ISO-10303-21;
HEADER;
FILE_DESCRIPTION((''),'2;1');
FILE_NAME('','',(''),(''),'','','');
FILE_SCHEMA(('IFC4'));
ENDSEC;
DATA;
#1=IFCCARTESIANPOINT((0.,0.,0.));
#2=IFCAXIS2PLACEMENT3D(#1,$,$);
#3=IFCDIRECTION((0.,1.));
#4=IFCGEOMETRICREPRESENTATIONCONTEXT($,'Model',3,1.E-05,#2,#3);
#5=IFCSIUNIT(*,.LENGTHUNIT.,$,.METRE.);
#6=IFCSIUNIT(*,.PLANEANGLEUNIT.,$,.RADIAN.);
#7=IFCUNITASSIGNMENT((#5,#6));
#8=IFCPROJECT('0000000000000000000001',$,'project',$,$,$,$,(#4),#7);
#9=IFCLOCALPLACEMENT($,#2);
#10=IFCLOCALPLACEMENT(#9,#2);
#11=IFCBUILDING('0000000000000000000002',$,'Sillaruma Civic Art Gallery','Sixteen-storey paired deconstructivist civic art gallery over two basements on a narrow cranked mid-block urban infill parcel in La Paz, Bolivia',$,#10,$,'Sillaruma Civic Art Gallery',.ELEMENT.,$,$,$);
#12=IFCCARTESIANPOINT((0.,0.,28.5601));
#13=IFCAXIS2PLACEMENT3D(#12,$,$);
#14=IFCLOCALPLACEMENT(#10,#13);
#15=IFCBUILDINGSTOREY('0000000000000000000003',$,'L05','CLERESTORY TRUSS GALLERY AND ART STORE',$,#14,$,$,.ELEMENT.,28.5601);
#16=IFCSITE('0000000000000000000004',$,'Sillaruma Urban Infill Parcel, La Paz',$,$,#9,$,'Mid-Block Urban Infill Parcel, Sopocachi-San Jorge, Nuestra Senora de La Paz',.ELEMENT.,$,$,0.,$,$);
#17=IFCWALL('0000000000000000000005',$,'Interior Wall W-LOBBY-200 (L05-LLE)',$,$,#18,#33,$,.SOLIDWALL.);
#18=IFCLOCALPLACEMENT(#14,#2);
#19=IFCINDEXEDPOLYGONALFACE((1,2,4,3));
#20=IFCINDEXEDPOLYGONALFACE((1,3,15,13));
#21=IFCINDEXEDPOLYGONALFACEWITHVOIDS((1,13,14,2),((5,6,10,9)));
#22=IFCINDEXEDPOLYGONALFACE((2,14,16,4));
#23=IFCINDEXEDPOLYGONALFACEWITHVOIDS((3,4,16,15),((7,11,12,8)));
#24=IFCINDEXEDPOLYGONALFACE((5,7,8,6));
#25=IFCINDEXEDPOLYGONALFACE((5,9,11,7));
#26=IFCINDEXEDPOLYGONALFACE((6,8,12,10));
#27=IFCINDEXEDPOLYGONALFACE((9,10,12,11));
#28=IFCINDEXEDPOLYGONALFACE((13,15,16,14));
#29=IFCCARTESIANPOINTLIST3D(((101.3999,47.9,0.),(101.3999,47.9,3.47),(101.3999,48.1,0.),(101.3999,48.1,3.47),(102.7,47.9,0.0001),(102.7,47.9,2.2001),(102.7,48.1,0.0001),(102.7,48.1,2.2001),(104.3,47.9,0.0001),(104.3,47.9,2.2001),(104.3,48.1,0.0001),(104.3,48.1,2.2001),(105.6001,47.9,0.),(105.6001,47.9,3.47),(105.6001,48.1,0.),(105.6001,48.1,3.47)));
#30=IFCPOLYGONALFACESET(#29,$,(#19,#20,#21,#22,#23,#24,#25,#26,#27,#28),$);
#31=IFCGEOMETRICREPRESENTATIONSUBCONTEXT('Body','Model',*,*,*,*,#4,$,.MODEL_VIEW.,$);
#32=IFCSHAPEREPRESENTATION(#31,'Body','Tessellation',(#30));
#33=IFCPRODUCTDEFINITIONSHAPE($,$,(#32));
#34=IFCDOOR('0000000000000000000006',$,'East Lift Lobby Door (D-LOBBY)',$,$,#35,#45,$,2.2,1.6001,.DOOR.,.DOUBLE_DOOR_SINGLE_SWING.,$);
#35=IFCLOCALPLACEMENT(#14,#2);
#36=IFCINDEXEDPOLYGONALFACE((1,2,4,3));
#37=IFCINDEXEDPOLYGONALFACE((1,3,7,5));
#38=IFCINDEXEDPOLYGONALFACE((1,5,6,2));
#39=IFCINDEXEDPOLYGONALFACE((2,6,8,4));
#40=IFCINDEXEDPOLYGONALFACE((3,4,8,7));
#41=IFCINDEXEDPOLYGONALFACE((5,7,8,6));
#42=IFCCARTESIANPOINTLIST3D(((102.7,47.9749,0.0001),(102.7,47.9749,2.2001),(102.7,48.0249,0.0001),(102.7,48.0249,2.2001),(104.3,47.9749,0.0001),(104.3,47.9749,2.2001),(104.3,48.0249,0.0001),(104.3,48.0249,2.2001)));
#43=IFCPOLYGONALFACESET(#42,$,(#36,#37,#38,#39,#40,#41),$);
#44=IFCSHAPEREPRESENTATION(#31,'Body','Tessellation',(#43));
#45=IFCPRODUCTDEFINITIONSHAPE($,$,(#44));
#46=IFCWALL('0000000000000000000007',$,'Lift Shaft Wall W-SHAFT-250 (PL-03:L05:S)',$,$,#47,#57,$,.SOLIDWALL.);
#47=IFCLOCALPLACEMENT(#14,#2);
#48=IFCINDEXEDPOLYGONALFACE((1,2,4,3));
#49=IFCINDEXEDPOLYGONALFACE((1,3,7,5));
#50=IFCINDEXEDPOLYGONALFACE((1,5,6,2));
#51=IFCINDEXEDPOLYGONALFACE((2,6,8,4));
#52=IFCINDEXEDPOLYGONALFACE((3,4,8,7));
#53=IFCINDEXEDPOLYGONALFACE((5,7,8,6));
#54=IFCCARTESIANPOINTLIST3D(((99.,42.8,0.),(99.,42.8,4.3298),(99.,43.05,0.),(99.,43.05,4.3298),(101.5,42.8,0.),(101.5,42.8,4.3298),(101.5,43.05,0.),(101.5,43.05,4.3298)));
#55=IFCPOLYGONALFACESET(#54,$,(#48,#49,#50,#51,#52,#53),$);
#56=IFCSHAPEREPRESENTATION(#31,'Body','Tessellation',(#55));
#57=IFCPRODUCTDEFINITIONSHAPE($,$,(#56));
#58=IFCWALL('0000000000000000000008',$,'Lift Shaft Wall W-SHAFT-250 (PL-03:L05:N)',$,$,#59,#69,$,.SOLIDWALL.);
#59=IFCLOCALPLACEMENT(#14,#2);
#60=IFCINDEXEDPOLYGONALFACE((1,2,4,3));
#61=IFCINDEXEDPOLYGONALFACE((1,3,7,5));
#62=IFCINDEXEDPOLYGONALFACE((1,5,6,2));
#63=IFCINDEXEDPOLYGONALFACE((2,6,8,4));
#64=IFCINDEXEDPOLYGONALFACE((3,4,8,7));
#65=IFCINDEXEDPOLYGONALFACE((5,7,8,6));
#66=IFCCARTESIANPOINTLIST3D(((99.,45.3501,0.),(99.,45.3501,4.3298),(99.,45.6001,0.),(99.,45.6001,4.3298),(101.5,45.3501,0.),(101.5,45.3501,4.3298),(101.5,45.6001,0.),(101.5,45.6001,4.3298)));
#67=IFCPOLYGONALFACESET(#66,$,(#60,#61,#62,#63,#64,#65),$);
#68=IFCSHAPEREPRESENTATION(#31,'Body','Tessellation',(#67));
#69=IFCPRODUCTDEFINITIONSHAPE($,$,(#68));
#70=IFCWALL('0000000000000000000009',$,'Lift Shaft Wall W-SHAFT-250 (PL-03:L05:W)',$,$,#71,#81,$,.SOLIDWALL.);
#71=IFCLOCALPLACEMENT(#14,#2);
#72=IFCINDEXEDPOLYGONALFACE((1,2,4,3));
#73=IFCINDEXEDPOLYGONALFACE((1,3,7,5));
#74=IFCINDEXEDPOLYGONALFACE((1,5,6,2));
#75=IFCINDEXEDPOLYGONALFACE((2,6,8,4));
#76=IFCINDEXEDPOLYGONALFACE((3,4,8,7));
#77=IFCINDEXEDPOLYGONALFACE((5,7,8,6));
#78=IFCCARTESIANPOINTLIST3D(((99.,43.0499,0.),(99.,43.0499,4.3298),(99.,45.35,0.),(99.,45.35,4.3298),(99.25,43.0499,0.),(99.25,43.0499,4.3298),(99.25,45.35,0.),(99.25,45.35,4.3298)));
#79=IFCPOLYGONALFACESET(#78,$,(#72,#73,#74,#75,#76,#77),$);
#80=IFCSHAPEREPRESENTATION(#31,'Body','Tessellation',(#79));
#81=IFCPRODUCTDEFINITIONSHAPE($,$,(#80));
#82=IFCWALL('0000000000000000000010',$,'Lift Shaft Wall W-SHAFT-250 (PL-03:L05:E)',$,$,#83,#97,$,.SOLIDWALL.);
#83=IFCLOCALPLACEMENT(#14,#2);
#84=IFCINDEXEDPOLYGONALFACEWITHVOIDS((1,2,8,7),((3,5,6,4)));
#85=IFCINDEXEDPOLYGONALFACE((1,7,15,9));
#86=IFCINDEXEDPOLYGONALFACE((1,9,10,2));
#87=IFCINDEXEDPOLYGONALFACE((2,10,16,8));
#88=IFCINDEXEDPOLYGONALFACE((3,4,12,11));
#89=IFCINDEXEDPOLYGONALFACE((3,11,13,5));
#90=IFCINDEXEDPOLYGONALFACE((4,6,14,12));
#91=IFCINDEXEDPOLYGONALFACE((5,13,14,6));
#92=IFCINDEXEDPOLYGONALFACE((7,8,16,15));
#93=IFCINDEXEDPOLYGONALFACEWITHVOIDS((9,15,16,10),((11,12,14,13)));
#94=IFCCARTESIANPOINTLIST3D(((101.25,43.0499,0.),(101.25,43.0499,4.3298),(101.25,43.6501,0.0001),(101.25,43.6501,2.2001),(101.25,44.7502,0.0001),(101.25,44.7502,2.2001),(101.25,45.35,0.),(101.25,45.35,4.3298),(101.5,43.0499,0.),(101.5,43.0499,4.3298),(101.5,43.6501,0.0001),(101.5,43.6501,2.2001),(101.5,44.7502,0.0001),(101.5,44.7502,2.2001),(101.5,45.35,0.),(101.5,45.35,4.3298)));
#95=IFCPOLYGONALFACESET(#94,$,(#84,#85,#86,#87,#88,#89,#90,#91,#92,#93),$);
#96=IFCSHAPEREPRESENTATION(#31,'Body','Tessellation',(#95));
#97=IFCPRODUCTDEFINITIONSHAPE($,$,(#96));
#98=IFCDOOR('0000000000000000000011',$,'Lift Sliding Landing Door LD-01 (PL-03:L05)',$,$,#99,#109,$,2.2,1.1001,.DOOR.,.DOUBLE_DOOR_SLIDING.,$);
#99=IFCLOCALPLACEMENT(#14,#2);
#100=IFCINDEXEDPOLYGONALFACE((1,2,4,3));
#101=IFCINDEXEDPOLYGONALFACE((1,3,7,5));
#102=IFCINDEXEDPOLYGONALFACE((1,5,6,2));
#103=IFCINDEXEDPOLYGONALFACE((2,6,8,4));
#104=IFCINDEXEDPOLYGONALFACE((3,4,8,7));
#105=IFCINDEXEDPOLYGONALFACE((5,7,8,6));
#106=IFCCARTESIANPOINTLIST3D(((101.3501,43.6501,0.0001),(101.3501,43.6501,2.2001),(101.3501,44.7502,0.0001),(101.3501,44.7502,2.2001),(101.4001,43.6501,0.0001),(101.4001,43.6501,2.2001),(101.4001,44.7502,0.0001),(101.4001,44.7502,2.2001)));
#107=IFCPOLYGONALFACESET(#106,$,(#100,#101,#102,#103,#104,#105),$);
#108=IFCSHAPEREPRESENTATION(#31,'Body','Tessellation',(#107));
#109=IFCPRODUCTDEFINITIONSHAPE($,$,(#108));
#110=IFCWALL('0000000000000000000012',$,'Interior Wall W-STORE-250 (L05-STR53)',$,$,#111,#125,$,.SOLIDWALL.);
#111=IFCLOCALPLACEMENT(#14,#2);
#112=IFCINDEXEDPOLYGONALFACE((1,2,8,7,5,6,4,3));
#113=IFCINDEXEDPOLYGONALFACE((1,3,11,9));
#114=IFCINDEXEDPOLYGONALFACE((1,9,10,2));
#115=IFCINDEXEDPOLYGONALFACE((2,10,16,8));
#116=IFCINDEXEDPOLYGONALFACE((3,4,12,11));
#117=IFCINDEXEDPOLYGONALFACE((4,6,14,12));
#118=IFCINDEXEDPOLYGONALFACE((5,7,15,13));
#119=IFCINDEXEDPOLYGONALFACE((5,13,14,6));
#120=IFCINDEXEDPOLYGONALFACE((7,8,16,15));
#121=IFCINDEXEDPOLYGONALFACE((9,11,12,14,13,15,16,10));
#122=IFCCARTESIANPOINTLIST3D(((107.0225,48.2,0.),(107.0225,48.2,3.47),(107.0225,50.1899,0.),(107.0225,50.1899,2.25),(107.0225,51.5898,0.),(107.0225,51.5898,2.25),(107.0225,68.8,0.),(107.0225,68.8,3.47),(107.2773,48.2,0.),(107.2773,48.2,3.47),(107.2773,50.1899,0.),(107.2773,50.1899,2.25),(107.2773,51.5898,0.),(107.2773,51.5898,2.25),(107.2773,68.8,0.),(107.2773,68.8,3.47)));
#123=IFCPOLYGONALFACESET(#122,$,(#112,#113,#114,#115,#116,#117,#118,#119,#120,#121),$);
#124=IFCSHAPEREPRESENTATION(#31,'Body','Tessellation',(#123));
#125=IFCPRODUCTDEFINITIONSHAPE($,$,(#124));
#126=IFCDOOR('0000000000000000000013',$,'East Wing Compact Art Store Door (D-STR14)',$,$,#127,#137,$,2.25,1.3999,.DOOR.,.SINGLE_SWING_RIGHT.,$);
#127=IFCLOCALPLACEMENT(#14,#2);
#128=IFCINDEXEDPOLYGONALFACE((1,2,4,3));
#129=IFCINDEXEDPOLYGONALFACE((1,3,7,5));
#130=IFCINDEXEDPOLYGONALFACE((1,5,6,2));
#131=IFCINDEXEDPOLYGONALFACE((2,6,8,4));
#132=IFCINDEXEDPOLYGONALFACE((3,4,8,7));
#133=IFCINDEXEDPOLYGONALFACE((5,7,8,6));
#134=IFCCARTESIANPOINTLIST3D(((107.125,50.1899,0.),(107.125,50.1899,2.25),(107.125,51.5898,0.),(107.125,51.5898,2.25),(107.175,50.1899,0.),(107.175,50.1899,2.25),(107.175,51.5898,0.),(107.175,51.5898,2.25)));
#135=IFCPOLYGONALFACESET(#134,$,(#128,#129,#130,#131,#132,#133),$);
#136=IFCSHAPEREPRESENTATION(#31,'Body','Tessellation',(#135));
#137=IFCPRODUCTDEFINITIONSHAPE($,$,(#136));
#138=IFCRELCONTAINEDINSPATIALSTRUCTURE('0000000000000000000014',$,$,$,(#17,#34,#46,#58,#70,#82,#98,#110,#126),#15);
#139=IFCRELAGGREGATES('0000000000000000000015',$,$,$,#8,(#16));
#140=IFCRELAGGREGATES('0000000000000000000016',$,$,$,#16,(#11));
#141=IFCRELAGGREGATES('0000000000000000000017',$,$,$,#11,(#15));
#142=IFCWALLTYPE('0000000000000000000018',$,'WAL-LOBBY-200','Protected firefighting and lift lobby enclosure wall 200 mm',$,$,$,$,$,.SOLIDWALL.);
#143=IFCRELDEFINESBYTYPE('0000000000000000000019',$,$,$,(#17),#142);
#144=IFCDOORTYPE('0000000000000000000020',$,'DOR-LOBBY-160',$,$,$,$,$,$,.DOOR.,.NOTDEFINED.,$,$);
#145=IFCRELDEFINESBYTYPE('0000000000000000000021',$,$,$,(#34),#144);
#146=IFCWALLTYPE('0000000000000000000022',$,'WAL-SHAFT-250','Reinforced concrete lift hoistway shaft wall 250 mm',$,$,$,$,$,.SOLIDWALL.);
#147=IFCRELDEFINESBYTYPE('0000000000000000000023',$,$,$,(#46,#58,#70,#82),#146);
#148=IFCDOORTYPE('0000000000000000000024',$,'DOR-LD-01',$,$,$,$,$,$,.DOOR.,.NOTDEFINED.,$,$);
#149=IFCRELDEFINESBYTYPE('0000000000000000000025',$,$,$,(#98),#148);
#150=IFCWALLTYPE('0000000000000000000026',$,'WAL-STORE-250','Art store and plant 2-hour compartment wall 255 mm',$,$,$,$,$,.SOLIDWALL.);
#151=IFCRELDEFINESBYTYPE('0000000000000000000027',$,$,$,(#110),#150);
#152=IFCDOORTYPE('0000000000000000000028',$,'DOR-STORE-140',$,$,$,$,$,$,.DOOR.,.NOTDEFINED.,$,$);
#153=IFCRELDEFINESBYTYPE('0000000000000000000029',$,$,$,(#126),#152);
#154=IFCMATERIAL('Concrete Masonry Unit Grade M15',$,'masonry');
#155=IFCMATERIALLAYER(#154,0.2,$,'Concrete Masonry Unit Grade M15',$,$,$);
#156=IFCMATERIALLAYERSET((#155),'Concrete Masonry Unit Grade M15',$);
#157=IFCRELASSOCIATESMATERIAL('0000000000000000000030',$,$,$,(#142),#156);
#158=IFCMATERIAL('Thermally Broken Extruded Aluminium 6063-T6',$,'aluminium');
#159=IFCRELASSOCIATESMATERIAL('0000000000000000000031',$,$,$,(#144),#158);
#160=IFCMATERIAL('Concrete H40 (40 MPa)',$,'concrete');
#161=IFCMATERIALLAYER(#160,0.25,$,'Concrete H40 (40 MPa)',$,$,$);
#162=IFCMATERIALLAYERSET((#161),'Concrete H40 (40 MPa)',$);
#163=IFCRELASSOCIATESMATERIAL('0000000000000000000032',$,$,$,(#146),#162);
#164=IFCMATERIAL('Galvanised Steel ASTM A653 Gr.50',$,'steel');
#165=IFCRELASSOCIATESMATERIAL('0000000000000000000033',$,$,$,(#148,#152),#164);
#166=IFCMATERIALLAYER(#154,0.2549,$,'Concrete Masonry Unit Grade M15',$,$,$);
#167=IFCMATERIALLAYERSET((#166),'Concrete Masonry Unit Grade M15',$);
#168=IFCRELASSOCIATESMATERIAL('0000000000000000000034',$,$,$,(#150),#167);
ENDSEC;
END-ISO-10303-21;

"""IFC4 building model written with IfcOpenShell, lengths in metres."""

from ifc_helpers import new_model, si_unit, direction, frame, frame_2d, origin, place, context, subcontext, project, spatial, rectangle, extrude, material, layer, layer_set, type_object, element, fill, save


model = new_model("IFC4")

# Units and contexts
model_context = context("Model", 3, precision=1e-05, world=origin(), true_north=direction((0.0, 1.0)))
body_context = subcontext(model_context, "Body", "Model", "MODEL_VIEW")
ifc_project = project(units=[si_unit("LENGTHUNIT", "METRE"), si_unit("PLANEANGLEUNIT", "RADIAN")], contexts=[model_context])

# Site, building, storey
site_placement = place(None, origin())
site = spatial("IfcSite", under=ifc_project, at=site_placement, Name="Sillaruma Urban Infill Parcel, La Paz", LongName="Mid-Block Urban Infill Parcel, Sopocachi-San Jorge, Nuestra Senora de La Paz", CompositionType="ELEMENT", RefElevation=0.0)
building_placement = place(site_placement, origin())
building = spatial("IfcBuilding", under=site, at=building_placement, Name="Sillaruma Civic Art Gallery", Description="Sixteen-storey paired deconstructivist civic art gallery over two basements on a narrow cranked mid-block urban infill parcel in La Paz, Bolivia", LongName="Sillaruma Civic Art Gallery", CompositionType="ELEMENT")
storey_placement = place(building_placement, frame((0.0, 0.0, 28.5601)))
storey = spatial("IfcBuildingStorey", under=building, at=storey_placement, Name="L05", Description="CLERESTORY TRUSS GALLERY AND ART STORE", CompositionType="ELEMENT", Elevation=28.5601)

# Shared definitions
ifc_material_1 = material(Name="Concrete H40 (40 MPa)", Category="concrete")

# Shared definitions
ifc_material_2 = material(Name="Thermally Broken Extruded Aluminium 6063-T6", Category="aluminium")

# Shared definitions
ifc_material_3 = material(Name="Concrete Masonry Unit Grade M15", Category="masonry")
ifc_layer_1 = layer(ifc_material_3, 0.2, Name="Concrete Masonry Unit Grade M15")
ifc_layer_set_1 = layer_set([ifc_layer_1], Name="Concrete Masonry Unit Grade M15")
wall_type_1 = type_object("IfcWallType", Name="WAL-LOBBY-200", Description="Protected firefighting and lift lobby enclosure wall 200 mm", PredefinedType="SOLIDWALL", material=ifc_layer_set_1)

# Wall, opening, door
wall_1_placement = place(storey_placement, frame((101.3999, 48.0, 0.0), z_axis=(0.0, 0.0, 1.0), x_axis=(1.0, 0.0, 0.0)))
wall_1 = element("IfcWall", 1, at=wall_1_placement, inside=storey, type_object=wall_type_1, Name="Interior Wall W-LOBBY-200 (L05-LLE)", PredefinedType="SOLIDWALL", context=body_context, shape_type="SweptSolid", body=[
    extrude(rectangle(XDim=4.2002, YDim=0.2, at=frame_2d((2.1001, 0.0))), origin(), (0.0, 0.0, 1.0), 3.47),
])
opening_1_placement = place(wall_1_placement, frame((1.3, 0.0, 0.0)))
opening_1 = element("IfcOpeningElement", 2, at=opening_1_placement, cuts=wall_1, PredefinedType="OPENING", context=body_context, shape_type="SweptSolid", body=[
    extrude(rectangle(XDim=1.6001, YDim=2.2, at=frame_2d((0.8, 1.1001))), frame((0.0, 0.1099, 0.0), z_axis=(0.0, -1.0, 0.0), x_axis=(1.0, 0.0, 0.0)), (0.0, 0.0, 1.0), 0.22),
])
door_type_1 = type_object("IfcDoorType", Name="DOR-LOBBY-160", OperationType="NOTDEFINED", PredefinedType="DOOR", material=ifc_material_2)
door_1_placement = place(opening_1_placement, origin())
door_1 = element("IfcDoor", 3, at=door_1_placement, inside=storey, type_object=door_type_1, Name="East Lift Lobby Door (D-LOBBY)", OperationType="DOUBLE_DOOR_SINGLE_SWING", OverallHeight=2.2, OverallWidth=1.6001, PredefinedType="DOOR", context=body_context, shape_type="SweptSolid", body=[
    extrude(rectangle(XDim=1.6001, YDim=2.2, at=frame_2d((0.8, 1.1001))), frame((0.0, 0.0249, 0.0), z_axis=(0.0, -1.0, 0.0), x_axis=(1.0, 0.0, 0.0)), (0.0, 0.0, 1.0), 0.05),
])
fill(opening_1, door_1)

# Walls
ifc_layer_2 = layer(ifc_material_1, 0.25, Name="Concrete H40 (40 MPa)")
ifc_layer_set_2 = layer_set([ifc_layer_2], Name="Concrete H40 (40 MPa)")
wall_type_2 = type_object("IfcWallType", Name="WAL-SHAFT-250", Description="Reinforced concrete lift hoistway shaft wall 250 mm", PredefinedType="SOLIDWALL", material=ifc_layer_set_2)
for number, where, z_axis, x_axis, name in (
    (4, (99.0, 42.925, 0.0), (0.0, 0.0, 1.0), (1.0, 0.0, 0.0), "Lift Shaft Wall W-SHAFT-250 (PL-03:L05:S)"),
    (5, (99.0, 45.4751, 0.0), (0.0, 0.0, 1.0), (1.0, 0.0, 0.0), "Lift Shaft Wall W-SHAFT-250 (PL-03:L05:N)"),
):
    element("IfcWall", number, at=place(storey_placement, frame(where, z_axis=z_axis, x_axis=x_axis)), inside=storey, type_object=wall_type_2, Name=name, PredefinedType="SOLIDWALL", context=body_context, shape_type="SweptSolid", body=[
        extrude(rectangle(XDim=2.5, YDim=0.25, at=frame_2d((1.25, 0.0))), origin(), (0.0, 0.0, 1.0), 4.3298),
    ])
wall_2_placement = place(storey_placement, frame((99.125, 43.05, 0.0), z_axis=(0.0, 0.0, 1.0), x_axis=(0.0, 1.0, 0.0)))
element("IfcWall", 6, at=wall_2_placement, inside=storey, type_object=wall_type_2, Name="Lift Shaft Wall W-SHAFT-250 (PL-03:L05:W)", PredefinedType="SOLIDWALL", context=body_context, shape_type="SweptSolid", body=[
    extrude(rectangle(XDim=2.3, YDim=0.25, at=frame_2d((1.1499, 0.0))), origin(), (0.0, 0.0, 1.0), 4.3298),
])

# Walls, openings, doors
wall_3_placement = place(storey_placement, frame((101.375, 43.05, 0.0), z_axis=(0.0, 0.0, 1.0), x_axis=(0.0, 1.0, 0.0)))
wall_3 = element("IfcWall", 7, at=wall_3_placement, inside=storey, type_object=wall_type_2, Name="Lift Shaft Wall W-SHAFT-250 (PL-03:L05:E)", PredefinedType="SOLIDWALL", context=body_context, shape_type="SweptSolid", body=[
    extrude(rectangle(XDim=2.3, YDim=0.25, at=frame_2d((1.1499, 0.0))), origin(), (0.0, 0.0, 1.0), 4.3298),
])
opening_2_placement = place(wall_3_placement, frame((0.6001, 0.0, 0.0)))
opening_2 = element("IfcOpeningElement", 8, at=opening_2_placement, cuts=wall_3, PredefinedType="OPENING", context=body_context, shape_type="SweptSolid", body=[
    extrude(rectangle(XDim=1.1001, YDim=2.2, at=frame_2d((0.55, 1.1001))), frame((0.0, 0.135, 0.0), z_axis=(0.0, -1.0, 0.0), x_axis=(1.0, 0.0, 0.0)), (0.0, 0.0, 1.0), 0.27),
])
ifc_material_4 = material(Name="Galvanised Steel ASTM A653 Gr.50", Category="steel")
door_type_2 = type_object("IfcDoorType", Name="DOR-LD-01", OperationType="NOTDEFINED", PredefinedType="DOOR", material=ifc_material_4)
door_2_placement = place(opening_2_placement, origin())
door_2 = element("IfcDoor", 9, at=door_2_placement, inside=storey, type_object=door_type_2, Name="Lift Sliding Landing Door LD-01 (PL-03:L05)", OperationType="DOUBLE_DOOR_SLIDING", OverallHeight=2.2, OverallWidth=1.1001, PredefinedType="DOOR", context=body_context, shape_type="SweptSolid", body=[
    extrude(rectangle(XDim=1.1001, YDim=2.2, at=frame_2d((0.55, 1.1001))), frame((0.0, 0.0249, 0.0), z_axis=(0.0, -1.0, 0.0), x_axis=(1.0, 0.0, 0.0)), (0.0, 0.0, 1.0), 0.05),
])
fill(opening_2, door_2)
ifc_layer_3 = layer(ifc_material_3, 0.2549, Name="Concrete Masonry Unit Grade M15")
ifc_layer_set_3 = layer_set([ifc_layer_3], Name="Concrete Masonry Unit Grade M15")
wall_type_3 = type_object("IfcWallType", Name="WAL-STORE-250", Description="Art store and plant 2-hour compartment wall 255 mm", PredefinedType="SOLIDWALL", material=ifc_layer_set_3)
wall_4_placement = place(storey_placement, frame((107.1499, 48.2, 0.0), z_axis=(0.0, 0.0, 1.0), x_axis=(0.0, 1.0, 0.0)))
wall_4 = element("IfcWall", 10, at=wall_4_placement, inside=storey, type_object=wall_type_3, Name="Interior Wall W-STORE-250 (L05-STR53)", PredefinedType="SOLIDWALL", context=body_context, shape_type="SweptSolid", body=[
    extrude(rectangle(XDim=20.6001, YDim=0.2549, at=frame_2d((10.3, 0.0))), origin(), (0.0, 0.0, 1.0), 3.47),
])
opening_3_placement = place(wall_4_placement, frame((1.99, 0.0, 0.0)))
opening_3 = element("IfcOpeningElement", 11, at=opening_3_placement, cuts=wall_4, PredefinedType="OPENING", context=body_context, shape_type="SweptSolid", body=[
    extrude(rectangle(XDim=1.3999, YDim=2.25, at=frame_2d((0.7, 1.125))), frame((0.0, 0.1375, 0.0), z_axis=(0.0, -1.0, 0.0), x_axis=(1.0, 0.0, 0.0)), (0.0, 0.0, 1.0), 0.2749),
])
door_type_3 = type_object("IfcDoorType", Name="DOR-STORE-140", OperationType="NOTDEFINED", PredefinedType="DOOR", material=ifc_material_4)
door_3_placement = place(opening_3_placement, origin())
door_3 = element("IfcDoor", 12, at=door_3_placement, inside=storey, type_object=door_type_3, Name="East Wing Compact Art Store Door (D-STR14)", OperationType="SINGLE_SWING_RIGHT", OverallHeight=2.25, OverallWidth=1.3999, PredefinedType="DOOR", context=body_context, shape_type="SweptSolid", body=[
    extrude(rectangle(XDim=1.3999, YDim=2.25, at=frame_2d((0.7, 1.125))), frame((0.0, 0.0249, 0.0), z_axis=(0.0, -1.0, 0.0), x_axis=(1.0, 0.0, 0.0)), (0.0, 0.0, 1.0), 0.05),
])
fill(opening_3, door_3)

save(model, "model.ifc")
